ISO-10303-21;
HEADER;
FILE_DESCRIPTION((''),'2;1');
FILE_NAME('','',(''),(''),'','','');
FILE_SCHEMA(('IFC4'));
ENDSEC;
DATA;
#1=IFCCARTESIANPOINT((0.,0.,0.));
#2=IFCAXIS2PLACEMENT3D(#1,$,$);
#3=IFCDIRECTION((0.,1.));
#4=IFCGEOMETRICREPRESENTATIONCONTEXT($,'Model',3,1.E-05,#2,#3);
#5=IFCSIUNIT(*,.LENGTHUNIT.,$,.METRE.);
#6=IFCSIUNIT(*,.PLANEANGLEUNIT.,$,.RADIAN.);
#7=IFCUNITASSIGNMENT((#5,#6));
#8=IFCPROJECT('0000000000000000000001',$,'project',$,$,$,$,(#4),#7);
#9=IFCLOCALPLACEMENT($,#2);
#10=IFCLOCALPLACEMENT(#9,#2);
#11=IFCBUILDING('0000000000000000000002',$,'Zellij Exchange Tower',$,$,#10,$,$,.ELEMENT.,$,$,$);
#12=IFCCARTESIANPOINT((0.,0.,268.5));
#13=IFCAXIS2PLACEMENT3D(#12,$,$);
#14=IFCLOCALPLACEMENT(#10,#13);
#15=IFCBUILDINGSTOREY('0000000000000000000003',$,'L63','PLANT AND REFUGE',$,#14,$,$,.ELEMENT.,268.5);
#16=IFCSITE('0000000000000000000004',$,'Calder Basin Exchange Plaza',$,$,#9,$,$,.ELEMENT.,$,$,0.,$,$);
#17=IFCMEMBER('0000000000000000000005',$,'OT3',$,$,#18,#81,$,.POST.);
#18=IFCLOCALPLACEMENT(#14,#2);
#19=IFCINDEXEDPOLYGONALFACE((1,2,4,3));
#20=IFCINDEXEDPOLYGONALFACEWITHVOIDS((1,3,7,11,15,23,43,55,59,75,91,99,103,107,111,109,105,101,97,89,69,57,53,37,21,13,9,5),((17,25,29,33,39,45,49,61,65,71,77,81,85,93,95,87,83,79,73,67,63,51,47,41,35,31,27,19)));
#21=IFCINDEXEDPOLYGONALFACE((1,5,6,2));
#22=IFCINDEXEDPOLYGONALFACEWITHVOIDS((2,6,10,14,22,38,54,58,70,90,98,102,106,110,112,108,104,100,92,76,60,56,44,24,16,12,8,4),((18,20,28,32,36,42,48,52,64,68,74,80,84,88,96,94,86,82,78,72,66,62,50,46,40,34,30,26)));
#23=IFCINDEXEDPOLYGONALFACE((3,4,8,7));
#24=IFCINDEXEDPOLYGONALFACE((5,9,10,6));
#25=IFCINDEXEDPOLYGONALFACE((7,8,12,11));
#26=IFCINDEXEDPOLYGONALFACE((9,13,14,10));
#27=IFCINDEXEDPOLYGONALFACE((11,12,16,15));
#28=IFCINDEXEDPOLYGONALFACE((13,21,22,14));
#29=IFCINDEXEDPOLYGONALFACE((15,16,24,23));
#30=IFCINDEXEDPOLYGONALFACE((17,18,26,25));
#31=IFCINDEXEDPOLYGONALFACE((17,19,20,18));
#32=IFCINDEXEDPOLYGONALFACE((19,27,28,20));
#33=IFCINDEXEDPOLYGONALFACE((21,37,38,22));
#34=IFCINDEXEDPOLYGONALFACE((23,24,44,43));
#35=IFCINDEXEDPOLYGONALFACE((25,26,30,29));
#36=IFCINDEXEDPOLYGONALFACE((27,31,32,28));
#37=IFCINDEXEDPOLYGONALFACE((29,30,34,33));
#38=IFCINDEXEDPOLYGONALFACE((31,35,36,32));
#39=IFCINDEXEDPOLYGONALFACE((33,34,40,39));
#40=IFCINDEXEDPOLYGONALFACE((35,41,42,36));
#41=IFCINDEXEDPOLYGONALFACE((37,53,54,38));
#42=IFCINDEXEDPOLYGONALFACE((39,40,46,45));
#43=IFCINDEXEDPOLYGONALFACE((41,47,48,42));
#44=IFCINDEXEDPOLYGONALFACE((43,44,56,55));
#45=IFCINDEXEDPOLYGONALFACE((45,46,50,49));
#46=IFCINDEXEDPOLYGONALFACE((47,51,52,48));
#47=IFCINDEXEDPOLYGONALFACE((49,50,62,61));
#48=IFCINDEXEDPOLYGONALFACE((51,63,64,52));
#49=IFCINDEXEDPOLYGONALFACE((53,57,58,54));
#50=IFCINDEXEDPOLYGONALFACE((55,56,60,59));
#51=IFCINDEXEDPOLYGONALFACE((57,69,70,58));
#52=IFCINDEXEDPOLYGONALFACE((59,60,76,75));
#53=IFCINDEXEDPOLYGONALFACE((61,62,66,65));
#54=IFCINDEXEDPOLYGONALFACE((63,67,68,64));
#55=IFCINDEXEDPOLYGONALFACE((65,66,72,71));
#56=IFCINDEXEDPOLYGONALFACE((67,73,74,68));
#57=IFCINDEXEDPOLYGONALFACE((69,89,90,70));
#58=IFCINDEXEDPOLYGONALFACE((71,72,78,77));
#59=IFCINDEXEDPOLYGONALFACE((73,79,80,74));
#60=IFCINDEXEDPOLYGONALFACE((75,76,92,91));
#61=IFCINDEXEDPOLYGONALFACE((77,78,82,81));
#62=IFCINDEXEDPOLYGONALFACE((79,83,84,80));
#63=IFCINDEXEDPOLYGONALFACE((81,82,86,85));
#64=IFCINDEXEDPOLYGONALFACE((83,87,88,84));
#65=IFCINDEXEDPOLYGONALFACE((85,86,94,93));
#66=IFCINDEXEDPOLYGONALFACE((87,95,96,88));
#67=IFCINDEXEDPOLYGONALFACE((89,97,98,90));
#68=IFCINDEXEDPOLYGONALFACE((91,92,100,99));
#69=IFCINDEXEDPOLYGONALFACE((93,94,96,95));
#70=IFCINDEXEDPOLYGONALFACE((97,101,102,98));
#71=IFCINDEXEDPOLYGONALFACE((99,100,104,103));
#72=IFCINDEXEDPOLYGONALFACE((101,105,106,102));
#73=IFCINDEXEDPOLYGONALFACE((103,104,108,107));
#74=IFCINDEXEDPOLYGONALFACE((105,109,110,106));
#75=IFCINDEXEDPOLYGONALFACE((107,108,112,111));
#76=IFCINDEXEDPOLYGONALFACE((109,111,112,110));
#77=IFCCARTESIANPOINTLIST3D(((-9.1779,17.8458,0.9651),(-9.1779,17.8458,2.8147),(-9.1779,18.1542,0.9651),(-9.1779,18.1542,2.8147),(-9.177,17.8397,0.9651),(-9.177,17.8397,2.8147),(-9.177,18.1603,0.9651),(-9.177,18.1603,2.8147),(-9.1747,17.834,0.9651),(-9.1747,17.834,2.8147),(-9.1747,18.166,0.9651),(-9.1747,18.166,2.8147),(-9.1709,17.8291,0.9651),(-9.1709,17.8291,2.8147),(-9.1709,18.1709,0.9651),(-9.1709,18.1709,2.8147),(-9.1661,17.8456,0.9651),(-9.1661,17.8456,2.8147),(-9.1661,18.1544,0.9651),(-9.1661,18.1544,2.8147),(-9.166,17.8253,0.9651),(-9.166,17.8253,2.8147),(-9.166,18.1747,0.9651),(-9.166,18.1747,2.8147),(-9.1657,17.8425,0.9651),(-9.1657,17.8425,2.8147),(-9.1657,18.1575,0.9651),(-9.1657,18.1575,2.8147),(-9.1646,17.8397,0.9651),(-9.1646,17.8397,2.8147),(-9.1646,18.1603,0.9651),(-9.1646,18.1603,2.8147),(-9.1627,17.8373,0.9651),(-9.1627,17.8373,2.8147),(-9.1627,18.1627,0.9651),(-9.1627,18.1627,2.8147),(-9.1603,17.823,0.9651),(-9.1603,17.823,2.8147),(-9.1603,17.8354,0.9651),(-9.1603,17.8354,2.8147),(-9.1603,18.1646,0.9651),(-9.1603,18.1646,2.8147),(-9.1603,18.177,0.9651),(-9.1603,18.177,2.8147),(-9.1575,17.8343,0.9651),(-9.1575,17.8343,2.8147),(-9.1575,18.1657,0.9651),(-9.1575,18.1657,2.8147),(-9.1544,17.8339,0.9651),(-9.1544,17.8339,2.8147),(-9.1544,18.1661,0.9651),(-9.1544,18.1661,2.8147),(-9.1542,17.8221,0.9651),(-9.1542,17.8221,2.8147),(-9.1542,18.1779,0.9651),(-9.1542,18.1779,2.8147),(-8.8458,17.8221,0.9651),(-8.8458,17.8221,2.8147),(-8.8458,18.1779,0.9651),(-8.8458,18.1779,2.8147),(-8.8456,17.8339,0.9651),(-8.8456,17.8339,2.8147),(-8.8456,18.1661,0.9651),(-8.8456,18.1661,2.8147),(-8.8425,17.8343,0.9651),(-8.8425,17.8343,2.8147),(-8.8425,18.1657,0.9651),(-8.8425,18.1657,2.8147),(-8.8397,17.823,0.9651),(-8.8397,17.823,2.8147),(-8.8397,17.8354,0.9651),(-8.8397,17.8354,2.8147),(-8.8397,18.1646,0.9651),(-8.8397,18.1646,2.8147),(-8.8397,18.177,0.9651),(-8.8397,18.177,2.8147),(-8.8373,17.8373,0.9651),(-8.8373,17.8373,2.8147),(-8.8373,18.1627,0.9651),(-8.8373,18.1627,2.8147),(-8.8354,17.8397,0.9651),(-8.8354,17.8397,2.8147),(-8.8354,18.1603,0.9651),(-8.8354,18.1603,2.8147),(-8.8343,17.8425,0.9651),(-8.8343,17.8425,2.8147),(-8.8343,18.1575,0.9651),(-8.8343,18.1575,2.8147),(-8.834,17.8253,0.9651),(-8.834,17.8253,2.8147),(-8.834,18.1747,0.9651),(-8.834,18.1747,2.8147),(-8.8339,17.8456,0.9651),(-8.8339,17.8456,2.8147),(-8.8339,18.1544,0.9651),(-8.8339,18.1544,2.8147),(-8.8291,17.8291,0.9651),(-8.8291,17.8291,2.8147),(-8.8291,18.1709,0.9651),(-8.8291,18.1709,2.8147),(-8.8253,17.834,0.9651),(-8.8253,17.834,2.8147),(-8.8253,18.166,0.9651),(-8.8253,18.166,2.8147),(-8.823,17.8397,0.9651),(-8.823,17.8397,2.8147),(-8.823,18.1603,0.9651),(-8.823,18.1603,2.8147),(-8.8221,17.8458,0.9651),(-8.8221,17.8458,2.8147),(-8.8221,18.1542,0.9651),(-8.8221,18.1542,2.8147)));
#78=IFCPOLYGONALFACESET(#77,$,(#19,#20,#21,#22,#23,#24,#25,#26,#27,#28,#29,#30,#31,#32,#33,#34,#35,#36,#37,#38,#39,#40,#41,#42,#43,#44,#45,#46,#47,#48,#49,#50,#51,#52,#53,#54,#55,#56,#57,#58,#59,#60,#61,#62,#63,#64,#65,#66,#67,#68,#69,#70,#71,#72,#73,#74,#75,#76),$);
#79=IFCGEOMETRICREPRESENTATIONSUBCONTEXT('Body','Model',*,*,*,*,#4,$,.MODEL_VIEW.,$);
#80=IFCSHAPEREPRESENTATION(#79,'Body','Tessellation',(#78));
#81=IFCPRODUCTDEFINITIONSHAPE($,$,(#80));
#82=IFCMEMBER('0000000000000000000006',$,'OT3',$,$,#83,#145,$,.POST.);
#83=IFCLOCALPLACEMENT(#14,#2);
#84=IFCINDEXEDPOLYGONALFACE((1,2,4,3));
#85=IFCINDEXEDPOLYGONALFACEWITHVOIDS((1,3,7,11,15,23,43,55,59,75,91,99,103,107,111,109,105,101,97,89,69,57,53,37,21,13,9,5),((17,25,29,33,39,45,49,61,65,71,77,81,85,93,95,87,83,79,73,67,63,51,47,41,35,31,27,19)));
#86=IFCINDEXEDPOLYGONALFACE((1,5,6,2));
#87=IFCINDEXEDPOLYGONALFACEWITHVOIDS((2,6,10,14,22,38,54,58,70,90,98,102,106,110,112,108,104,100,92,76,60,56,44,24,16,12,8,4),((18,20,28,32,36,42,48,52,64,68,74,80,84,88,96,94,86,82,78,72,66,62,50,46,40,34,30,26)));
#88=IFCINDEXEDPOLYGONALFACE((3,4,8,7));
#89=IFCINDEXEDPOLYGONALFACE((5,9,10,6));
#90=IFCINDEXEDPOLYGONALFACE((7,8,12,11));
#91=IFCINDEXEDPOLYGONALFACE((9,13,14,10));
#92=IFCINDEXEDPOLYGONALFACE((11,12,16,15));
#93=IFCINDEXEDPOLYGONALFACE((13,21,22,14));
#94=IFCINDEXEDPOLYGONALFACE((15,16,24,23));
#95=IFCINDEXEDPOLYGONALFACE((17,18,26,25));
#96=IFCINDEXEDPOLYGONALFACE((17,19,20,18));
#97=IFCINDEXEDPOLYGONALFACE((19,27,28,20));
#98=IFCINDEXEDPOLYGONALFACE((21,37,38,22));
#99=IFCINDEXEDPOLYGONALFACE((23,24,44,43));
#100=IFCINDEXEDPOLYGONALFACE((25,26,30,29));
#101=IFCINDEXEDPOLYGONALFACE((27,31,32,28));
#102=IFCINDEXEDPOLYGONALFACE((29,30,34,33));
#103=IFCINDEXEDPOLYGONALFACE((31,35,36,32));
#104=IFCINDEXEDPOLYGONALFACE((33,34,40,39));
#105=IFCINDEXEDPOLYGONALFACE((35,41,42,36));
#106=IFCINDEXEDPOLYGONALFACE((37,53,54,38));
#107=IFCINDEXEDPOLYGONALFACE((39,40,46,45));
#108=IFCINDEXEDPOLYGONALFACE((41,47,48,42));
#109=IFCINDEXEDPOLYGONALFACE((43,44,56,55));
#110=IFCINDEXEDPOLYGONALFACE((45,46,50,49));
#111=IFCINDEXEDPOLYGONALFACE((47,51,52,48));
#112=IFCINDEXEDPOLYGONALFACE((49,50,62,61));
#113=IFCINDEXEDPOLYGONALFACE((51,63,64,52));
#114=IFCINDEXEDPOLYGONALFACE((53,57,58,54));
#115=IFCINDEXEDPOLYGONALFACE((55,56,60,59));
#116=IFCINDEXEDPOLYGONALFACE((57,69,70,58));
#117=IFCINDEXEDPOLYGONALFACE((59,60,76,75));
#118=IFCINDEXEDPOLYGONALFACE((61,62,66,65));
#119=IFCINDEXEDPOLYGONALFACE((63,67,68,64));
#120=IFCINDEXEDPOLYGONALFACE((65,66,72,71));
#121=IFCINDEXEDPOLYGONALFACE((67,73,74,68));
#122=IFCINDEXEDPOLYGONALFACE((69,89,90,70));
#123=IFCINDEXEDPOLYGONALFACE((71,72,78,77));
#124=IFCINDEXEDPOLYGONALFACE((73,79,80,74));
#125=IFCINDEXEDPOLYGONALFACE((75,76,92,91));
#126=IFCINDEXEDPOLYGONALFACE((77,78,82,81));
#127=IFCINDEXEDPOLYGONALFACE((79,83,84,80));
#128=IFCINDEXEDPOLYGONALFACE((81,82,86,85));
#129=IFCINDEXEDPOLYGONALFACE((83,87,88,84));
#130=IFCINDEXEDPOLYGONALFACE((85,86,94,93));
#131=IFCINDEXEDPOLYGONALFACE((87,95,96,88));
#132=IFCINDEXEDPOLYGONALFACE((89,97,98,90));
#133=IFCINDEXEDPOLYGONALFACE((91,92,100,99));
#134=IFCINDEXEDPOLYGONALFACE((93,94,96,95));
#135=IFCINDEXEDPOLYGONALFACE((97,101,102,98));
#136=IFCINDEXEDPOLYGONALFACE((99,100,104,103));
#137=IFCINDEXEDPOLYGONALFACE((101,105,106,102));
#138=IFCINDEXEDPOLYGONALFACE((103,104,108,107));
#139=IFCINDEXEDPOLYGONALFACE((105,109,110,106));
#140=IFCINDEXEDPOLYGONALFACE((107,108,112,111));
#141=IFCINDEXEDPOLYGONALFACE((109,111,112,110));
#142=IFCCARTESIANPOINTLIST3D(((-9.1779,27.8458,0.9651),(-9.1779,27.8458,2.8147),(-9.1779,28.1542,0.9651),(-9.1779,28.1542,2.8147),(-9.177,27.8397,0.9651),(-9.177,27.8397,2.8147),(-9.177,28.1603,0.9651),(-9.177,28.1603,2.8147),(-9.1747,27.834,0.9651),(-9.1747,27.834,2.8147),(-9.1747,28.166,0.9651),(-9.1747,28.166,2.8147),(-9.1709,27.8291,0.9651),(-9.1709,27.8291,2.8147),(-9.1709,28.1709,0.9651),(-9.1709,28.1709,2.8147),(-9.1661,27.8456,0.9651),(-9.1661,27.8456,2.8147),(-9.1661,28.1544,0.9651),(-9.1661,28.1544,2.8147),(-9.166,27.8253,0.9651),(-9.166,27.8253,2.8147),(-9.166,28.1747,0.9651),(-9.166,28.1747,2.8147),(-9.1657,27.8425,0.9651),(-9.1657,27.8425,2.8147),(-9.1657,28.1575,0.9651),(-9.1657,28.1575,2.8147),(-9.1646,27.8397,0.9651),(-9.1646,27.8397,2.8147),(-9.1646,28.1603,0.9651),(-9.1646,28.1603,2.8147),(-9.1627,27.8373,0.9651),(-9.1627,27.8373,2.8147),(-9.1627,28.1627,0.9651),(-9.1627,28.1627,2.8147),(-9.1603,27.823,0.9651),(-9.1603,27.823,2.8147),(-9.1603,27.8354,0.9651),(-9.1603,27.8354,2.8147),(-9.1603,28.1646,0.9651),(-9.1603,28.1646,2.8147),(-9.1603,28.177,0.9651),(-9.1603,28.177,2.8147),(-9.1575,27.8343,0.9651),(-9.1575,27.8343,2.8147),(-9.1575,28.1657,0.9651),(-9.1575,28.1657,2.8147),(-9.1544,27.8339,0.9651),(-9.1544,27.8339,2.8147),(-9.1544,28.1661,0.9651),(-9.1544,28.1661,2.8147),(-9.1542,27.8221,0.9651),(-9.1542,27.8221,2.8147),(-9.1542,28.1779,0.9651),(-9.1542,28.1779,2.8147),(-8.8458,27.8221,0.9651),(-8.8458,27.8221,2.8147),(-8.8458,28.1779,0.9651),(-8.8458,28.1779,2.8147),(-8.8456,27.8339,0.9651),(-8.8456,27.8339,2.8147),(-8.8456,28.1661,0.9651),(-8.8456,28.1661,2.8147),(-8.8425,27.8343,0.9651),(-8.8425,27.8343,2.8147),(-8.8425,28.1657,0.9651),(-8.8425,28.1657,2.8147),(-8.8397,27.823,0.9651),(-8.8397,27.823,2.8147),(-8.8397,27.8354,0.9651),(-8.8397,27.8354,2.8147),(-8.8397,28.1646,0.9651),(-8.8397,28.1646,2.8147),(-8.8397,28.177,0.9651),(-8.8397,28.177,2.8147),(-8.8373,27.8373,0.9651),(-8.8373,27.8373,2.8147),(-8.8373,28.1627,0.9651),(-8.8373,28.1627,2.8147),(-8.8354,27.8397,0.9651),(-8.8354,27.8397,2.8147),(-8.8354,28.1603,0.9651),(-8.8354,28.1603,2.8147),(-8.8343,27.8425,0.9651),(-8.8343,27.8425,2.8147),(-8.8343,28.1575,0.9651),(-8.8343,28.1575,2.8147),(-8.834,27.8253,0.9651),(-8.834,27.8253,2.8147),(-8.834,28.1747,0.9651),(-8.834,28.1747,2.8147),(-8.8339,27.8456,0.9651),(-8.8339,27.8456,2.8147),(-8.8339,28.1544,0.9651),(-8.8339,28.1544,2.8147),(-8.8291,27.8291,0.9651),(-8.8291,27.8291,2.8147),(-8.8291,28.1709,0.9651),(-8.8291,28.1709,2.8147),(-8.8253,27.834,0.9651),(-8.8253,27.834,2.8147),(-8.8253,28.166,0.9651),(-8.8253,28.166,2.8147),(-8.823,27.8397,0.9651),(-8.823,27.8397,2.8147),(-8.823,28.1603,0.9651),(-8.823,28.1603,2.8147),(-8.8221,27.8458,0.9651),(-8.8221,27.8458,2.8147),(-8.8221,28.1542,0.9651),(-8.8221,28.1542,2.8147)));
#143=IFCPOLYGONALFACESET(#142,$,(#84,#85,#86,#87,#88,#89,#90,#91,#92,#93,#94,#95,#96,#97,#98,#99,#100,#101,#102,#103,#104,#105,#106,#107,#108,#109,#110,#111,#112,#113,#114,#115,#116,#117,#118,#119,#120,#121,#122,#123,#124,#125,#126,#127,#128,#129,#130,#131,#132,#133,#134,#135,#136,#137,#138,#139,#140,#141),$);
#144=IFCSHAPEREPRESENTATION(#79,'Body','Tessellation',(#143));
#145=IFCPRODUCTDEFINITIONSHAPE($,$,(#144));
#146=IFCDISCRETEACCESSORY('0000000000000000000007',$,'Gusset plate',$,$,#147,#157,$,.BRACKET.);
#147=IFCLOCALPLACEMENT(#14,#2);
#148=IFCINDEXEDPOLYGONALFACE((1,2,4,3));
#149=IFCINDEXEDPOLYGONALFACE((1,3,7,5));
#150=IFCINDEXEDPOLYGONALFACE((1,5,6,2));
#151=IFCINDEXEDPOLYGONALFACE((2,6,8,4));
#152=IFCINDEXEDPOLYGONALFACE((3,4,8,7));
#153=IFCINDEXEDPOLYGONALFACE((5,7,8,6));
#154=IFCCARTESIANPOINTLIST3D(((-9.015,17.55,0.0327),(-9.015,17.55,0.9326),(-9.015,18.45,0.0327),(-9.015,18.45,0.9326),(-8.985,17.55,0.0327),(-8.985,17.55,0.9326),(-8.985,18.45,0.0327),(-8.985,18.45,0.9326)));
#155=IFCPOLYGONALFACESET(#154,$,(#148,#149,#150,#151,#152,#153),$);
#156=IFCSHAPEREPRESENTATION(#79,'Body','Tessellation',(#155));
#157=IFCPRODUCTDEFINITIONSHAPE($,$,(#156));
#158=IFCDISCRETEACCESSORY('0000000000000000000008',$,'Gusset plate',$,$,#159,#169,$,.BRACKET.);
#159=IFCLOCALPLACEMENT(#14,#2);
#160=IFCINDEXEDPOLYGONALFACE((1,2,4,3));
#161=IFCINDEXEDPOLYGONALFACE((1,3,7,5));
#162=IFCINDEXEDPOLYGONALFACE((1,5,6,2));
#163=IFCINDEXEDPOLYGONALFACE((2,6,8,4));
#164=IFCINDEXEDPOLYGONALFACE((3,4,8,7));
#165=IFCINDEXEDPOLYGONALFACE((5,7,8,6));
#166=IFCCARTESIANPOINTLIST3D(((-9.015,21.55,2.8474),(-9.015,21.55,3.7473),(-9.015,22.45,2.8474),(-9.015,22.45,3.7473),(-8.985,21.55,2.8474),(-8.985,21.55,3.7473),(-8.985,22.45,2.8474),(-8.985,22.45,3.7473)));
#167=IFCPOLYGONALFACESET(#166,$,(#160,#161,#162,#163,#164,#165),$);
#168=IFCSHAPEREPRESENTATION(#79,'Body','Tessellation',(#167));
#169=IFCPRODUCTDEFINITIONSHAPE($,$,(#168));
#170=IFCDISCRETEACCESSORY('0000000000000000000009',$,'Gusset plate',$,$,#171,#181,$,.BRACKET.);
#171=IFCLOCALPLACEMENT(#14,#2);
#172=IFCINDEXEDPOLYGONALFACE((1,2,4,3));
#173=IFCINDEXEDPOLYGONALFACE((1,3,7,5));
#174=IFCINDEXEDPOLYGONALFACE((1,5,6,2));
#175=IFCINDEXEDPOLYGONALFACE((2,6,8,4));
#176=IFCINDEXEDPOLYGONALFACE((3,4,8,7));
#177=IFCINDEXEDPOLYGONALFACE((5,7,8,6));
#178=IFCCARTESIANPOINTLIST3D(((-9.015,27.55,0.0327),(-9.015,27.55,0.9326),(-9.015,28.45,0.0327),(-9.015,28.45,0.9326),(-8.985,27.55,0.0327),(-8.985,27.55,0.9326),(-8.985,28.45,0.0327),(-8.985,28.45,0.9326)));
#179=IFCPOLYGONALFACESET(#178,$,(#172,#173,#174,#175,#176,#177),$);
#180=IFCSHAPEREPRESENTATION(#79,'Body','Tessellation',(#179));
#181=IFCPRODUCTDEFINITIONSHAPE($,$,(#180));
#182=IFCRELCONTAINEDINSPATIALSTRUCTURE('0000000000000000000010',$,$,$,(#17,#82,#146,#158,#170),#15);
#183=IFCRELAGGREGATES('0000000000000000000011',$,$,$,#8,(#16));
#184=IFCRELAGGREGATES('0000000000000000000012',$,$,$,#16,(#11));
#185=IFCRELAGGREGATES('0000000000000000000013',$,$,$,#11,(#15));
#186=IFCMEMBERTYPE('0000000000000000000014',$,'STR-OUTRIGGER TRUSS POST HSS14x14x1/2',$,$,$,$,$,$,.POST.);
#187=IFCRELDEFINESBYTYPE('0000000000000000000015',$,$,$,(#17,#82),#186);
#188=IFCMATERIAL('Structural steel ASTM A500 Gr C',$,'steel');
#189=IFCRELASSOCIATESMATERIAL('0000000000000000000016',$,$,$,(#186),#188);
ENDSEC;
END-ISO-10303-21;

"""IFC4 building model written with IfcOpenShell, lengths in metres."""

from ifc_helpers import new_model, si_unit, direction, frame, origin, origin_2d, place, context, subcontext, project, spatial, rectangle, hollow_rectangle, extrude, material, material_profile, profile_set, type_object, element, save


model = new_model("IFC4")

# Units and contexts
model_context = context("Model", 3, precision=1e-05, world=origin(), true_north=direction((0.0, 1.0)))
body_context = subcontext(model_context, "Body", "Model", "MODEL_VIEW")
ifc_project = project(units=[si_unit("LENGTHUNIT", "METRE"), si_unit("PLANEANGLEUNIT", "RADIAN")], contexts=[model_context])

# Site, building, storey
site_placement = place(None, origin())
site = spatial("IfcSite", under=ifc_project, at=site_placement, Name="Calder Basin Exchange Plaza", CompositionType="ELEMENT", RefElevation=0.0)
building_placement = place(site_placement, origin())
building = spatial("IfcBuilding", under=site, at=building_placement, Name="Zellij Exchange Tower", CompositionType="ELEMENT")
storey_placement = place(building_placement, frame((0.0, 0.0, 268.5)))
storey = spatial("IfcBuildingStorey", under=building, at=storey_placement, Name="L63", Description="PLANT AND REFUGE", CompositionType="ELEMENT", Elevation=268.5)

# Members
ifc_material_1 = material(Name="Structural steel ASTM A500 Gr C", Category="steel")
ifc_material_profile_1 = material_profile(ifc_material_1, hollow_rectangle(XDim=0.3557, YDim=0.3557, WallThickness=0.0117, InnerFilletRadius=0.0117, OuterFilletRadius=0.0237, at=origin_2d()), Name="STR-OUTRIGGER TRUSS POST HSS14x14x1/2")
ifc_profile_set_1 = profile_set([ifc_material_profile_1], Name="Structural steel ASTM A500 Gr C")
member_type_1 = type_object("IfcMemberType", Name="STR-OUTRIGGER TRUSS POST HSS14x14x1/2", PredefinedType="POST", material=ifc_profile_set_1)
for number, where, z_axis, x_axis, name in (
    (1, (-9.0, 18.0, 0.9651), (0.0, 0.0, 1.0), (1.0, 0.0, 0.0), "OT3"),
    (2, (-9.0, 28.0, 0.9651), (0.0, 0.0, 1.0), (1.0, 0.0, 0.0), "OT3"),
):
    element("IfcMember", number, at=place(storey_placement, frame(where, z_axis=z_axis, x_axis=x_axis)), inside=storey, type_object=member_type_1, Name=name, PredefinedType="POST", context=body_context, shape_type="SweptSolid", body=[
        extrude(hollow_rectangle(XDim=0.3557, YDim=0.3557, WallThickness=0.0117, InnerFilletRadius=0.0117, OuterFilletRadius=0.0237, at=origin_2d()), origin(), (0.0, 0.0, 1.0), 1.8496),
    ])

# Discrete accessories
for number, where, z_axis, x_axis, name in (
    (3, (-9.0, 18.0, 0.0327), (0.0, 0.0, 1.0), (0.0, 1.0, 0.0), "Gusset plate"),
    (4, (-9.0, 22.0, 2.8474), (0.0, 0.0, 1.0), (0.0, 1.0, 0.0), "Gusset plate"),
    (5, (-9.0, 28.0, 0.0327), (0.0, 0.0, 1.0), (0.0, 1.0, 0.0), "Gusset plate"),
):
    element("IfcDiscreteAccessory", number, at=place(storey_placement, frame(where, z_axis=z_axis, x_axis=x_axis)), inside=storey, Name=name, PredefinedType="BRACKET", context=body_context, shape_type="SweptSolid", body=[
        extrude(rectangle(XDim=0.8999, YDim=0.03, at=origin_2d()), origin(), (0.0, 0.0, 1.0), 0.8999),
    ])

save(model, "model.ifc")
